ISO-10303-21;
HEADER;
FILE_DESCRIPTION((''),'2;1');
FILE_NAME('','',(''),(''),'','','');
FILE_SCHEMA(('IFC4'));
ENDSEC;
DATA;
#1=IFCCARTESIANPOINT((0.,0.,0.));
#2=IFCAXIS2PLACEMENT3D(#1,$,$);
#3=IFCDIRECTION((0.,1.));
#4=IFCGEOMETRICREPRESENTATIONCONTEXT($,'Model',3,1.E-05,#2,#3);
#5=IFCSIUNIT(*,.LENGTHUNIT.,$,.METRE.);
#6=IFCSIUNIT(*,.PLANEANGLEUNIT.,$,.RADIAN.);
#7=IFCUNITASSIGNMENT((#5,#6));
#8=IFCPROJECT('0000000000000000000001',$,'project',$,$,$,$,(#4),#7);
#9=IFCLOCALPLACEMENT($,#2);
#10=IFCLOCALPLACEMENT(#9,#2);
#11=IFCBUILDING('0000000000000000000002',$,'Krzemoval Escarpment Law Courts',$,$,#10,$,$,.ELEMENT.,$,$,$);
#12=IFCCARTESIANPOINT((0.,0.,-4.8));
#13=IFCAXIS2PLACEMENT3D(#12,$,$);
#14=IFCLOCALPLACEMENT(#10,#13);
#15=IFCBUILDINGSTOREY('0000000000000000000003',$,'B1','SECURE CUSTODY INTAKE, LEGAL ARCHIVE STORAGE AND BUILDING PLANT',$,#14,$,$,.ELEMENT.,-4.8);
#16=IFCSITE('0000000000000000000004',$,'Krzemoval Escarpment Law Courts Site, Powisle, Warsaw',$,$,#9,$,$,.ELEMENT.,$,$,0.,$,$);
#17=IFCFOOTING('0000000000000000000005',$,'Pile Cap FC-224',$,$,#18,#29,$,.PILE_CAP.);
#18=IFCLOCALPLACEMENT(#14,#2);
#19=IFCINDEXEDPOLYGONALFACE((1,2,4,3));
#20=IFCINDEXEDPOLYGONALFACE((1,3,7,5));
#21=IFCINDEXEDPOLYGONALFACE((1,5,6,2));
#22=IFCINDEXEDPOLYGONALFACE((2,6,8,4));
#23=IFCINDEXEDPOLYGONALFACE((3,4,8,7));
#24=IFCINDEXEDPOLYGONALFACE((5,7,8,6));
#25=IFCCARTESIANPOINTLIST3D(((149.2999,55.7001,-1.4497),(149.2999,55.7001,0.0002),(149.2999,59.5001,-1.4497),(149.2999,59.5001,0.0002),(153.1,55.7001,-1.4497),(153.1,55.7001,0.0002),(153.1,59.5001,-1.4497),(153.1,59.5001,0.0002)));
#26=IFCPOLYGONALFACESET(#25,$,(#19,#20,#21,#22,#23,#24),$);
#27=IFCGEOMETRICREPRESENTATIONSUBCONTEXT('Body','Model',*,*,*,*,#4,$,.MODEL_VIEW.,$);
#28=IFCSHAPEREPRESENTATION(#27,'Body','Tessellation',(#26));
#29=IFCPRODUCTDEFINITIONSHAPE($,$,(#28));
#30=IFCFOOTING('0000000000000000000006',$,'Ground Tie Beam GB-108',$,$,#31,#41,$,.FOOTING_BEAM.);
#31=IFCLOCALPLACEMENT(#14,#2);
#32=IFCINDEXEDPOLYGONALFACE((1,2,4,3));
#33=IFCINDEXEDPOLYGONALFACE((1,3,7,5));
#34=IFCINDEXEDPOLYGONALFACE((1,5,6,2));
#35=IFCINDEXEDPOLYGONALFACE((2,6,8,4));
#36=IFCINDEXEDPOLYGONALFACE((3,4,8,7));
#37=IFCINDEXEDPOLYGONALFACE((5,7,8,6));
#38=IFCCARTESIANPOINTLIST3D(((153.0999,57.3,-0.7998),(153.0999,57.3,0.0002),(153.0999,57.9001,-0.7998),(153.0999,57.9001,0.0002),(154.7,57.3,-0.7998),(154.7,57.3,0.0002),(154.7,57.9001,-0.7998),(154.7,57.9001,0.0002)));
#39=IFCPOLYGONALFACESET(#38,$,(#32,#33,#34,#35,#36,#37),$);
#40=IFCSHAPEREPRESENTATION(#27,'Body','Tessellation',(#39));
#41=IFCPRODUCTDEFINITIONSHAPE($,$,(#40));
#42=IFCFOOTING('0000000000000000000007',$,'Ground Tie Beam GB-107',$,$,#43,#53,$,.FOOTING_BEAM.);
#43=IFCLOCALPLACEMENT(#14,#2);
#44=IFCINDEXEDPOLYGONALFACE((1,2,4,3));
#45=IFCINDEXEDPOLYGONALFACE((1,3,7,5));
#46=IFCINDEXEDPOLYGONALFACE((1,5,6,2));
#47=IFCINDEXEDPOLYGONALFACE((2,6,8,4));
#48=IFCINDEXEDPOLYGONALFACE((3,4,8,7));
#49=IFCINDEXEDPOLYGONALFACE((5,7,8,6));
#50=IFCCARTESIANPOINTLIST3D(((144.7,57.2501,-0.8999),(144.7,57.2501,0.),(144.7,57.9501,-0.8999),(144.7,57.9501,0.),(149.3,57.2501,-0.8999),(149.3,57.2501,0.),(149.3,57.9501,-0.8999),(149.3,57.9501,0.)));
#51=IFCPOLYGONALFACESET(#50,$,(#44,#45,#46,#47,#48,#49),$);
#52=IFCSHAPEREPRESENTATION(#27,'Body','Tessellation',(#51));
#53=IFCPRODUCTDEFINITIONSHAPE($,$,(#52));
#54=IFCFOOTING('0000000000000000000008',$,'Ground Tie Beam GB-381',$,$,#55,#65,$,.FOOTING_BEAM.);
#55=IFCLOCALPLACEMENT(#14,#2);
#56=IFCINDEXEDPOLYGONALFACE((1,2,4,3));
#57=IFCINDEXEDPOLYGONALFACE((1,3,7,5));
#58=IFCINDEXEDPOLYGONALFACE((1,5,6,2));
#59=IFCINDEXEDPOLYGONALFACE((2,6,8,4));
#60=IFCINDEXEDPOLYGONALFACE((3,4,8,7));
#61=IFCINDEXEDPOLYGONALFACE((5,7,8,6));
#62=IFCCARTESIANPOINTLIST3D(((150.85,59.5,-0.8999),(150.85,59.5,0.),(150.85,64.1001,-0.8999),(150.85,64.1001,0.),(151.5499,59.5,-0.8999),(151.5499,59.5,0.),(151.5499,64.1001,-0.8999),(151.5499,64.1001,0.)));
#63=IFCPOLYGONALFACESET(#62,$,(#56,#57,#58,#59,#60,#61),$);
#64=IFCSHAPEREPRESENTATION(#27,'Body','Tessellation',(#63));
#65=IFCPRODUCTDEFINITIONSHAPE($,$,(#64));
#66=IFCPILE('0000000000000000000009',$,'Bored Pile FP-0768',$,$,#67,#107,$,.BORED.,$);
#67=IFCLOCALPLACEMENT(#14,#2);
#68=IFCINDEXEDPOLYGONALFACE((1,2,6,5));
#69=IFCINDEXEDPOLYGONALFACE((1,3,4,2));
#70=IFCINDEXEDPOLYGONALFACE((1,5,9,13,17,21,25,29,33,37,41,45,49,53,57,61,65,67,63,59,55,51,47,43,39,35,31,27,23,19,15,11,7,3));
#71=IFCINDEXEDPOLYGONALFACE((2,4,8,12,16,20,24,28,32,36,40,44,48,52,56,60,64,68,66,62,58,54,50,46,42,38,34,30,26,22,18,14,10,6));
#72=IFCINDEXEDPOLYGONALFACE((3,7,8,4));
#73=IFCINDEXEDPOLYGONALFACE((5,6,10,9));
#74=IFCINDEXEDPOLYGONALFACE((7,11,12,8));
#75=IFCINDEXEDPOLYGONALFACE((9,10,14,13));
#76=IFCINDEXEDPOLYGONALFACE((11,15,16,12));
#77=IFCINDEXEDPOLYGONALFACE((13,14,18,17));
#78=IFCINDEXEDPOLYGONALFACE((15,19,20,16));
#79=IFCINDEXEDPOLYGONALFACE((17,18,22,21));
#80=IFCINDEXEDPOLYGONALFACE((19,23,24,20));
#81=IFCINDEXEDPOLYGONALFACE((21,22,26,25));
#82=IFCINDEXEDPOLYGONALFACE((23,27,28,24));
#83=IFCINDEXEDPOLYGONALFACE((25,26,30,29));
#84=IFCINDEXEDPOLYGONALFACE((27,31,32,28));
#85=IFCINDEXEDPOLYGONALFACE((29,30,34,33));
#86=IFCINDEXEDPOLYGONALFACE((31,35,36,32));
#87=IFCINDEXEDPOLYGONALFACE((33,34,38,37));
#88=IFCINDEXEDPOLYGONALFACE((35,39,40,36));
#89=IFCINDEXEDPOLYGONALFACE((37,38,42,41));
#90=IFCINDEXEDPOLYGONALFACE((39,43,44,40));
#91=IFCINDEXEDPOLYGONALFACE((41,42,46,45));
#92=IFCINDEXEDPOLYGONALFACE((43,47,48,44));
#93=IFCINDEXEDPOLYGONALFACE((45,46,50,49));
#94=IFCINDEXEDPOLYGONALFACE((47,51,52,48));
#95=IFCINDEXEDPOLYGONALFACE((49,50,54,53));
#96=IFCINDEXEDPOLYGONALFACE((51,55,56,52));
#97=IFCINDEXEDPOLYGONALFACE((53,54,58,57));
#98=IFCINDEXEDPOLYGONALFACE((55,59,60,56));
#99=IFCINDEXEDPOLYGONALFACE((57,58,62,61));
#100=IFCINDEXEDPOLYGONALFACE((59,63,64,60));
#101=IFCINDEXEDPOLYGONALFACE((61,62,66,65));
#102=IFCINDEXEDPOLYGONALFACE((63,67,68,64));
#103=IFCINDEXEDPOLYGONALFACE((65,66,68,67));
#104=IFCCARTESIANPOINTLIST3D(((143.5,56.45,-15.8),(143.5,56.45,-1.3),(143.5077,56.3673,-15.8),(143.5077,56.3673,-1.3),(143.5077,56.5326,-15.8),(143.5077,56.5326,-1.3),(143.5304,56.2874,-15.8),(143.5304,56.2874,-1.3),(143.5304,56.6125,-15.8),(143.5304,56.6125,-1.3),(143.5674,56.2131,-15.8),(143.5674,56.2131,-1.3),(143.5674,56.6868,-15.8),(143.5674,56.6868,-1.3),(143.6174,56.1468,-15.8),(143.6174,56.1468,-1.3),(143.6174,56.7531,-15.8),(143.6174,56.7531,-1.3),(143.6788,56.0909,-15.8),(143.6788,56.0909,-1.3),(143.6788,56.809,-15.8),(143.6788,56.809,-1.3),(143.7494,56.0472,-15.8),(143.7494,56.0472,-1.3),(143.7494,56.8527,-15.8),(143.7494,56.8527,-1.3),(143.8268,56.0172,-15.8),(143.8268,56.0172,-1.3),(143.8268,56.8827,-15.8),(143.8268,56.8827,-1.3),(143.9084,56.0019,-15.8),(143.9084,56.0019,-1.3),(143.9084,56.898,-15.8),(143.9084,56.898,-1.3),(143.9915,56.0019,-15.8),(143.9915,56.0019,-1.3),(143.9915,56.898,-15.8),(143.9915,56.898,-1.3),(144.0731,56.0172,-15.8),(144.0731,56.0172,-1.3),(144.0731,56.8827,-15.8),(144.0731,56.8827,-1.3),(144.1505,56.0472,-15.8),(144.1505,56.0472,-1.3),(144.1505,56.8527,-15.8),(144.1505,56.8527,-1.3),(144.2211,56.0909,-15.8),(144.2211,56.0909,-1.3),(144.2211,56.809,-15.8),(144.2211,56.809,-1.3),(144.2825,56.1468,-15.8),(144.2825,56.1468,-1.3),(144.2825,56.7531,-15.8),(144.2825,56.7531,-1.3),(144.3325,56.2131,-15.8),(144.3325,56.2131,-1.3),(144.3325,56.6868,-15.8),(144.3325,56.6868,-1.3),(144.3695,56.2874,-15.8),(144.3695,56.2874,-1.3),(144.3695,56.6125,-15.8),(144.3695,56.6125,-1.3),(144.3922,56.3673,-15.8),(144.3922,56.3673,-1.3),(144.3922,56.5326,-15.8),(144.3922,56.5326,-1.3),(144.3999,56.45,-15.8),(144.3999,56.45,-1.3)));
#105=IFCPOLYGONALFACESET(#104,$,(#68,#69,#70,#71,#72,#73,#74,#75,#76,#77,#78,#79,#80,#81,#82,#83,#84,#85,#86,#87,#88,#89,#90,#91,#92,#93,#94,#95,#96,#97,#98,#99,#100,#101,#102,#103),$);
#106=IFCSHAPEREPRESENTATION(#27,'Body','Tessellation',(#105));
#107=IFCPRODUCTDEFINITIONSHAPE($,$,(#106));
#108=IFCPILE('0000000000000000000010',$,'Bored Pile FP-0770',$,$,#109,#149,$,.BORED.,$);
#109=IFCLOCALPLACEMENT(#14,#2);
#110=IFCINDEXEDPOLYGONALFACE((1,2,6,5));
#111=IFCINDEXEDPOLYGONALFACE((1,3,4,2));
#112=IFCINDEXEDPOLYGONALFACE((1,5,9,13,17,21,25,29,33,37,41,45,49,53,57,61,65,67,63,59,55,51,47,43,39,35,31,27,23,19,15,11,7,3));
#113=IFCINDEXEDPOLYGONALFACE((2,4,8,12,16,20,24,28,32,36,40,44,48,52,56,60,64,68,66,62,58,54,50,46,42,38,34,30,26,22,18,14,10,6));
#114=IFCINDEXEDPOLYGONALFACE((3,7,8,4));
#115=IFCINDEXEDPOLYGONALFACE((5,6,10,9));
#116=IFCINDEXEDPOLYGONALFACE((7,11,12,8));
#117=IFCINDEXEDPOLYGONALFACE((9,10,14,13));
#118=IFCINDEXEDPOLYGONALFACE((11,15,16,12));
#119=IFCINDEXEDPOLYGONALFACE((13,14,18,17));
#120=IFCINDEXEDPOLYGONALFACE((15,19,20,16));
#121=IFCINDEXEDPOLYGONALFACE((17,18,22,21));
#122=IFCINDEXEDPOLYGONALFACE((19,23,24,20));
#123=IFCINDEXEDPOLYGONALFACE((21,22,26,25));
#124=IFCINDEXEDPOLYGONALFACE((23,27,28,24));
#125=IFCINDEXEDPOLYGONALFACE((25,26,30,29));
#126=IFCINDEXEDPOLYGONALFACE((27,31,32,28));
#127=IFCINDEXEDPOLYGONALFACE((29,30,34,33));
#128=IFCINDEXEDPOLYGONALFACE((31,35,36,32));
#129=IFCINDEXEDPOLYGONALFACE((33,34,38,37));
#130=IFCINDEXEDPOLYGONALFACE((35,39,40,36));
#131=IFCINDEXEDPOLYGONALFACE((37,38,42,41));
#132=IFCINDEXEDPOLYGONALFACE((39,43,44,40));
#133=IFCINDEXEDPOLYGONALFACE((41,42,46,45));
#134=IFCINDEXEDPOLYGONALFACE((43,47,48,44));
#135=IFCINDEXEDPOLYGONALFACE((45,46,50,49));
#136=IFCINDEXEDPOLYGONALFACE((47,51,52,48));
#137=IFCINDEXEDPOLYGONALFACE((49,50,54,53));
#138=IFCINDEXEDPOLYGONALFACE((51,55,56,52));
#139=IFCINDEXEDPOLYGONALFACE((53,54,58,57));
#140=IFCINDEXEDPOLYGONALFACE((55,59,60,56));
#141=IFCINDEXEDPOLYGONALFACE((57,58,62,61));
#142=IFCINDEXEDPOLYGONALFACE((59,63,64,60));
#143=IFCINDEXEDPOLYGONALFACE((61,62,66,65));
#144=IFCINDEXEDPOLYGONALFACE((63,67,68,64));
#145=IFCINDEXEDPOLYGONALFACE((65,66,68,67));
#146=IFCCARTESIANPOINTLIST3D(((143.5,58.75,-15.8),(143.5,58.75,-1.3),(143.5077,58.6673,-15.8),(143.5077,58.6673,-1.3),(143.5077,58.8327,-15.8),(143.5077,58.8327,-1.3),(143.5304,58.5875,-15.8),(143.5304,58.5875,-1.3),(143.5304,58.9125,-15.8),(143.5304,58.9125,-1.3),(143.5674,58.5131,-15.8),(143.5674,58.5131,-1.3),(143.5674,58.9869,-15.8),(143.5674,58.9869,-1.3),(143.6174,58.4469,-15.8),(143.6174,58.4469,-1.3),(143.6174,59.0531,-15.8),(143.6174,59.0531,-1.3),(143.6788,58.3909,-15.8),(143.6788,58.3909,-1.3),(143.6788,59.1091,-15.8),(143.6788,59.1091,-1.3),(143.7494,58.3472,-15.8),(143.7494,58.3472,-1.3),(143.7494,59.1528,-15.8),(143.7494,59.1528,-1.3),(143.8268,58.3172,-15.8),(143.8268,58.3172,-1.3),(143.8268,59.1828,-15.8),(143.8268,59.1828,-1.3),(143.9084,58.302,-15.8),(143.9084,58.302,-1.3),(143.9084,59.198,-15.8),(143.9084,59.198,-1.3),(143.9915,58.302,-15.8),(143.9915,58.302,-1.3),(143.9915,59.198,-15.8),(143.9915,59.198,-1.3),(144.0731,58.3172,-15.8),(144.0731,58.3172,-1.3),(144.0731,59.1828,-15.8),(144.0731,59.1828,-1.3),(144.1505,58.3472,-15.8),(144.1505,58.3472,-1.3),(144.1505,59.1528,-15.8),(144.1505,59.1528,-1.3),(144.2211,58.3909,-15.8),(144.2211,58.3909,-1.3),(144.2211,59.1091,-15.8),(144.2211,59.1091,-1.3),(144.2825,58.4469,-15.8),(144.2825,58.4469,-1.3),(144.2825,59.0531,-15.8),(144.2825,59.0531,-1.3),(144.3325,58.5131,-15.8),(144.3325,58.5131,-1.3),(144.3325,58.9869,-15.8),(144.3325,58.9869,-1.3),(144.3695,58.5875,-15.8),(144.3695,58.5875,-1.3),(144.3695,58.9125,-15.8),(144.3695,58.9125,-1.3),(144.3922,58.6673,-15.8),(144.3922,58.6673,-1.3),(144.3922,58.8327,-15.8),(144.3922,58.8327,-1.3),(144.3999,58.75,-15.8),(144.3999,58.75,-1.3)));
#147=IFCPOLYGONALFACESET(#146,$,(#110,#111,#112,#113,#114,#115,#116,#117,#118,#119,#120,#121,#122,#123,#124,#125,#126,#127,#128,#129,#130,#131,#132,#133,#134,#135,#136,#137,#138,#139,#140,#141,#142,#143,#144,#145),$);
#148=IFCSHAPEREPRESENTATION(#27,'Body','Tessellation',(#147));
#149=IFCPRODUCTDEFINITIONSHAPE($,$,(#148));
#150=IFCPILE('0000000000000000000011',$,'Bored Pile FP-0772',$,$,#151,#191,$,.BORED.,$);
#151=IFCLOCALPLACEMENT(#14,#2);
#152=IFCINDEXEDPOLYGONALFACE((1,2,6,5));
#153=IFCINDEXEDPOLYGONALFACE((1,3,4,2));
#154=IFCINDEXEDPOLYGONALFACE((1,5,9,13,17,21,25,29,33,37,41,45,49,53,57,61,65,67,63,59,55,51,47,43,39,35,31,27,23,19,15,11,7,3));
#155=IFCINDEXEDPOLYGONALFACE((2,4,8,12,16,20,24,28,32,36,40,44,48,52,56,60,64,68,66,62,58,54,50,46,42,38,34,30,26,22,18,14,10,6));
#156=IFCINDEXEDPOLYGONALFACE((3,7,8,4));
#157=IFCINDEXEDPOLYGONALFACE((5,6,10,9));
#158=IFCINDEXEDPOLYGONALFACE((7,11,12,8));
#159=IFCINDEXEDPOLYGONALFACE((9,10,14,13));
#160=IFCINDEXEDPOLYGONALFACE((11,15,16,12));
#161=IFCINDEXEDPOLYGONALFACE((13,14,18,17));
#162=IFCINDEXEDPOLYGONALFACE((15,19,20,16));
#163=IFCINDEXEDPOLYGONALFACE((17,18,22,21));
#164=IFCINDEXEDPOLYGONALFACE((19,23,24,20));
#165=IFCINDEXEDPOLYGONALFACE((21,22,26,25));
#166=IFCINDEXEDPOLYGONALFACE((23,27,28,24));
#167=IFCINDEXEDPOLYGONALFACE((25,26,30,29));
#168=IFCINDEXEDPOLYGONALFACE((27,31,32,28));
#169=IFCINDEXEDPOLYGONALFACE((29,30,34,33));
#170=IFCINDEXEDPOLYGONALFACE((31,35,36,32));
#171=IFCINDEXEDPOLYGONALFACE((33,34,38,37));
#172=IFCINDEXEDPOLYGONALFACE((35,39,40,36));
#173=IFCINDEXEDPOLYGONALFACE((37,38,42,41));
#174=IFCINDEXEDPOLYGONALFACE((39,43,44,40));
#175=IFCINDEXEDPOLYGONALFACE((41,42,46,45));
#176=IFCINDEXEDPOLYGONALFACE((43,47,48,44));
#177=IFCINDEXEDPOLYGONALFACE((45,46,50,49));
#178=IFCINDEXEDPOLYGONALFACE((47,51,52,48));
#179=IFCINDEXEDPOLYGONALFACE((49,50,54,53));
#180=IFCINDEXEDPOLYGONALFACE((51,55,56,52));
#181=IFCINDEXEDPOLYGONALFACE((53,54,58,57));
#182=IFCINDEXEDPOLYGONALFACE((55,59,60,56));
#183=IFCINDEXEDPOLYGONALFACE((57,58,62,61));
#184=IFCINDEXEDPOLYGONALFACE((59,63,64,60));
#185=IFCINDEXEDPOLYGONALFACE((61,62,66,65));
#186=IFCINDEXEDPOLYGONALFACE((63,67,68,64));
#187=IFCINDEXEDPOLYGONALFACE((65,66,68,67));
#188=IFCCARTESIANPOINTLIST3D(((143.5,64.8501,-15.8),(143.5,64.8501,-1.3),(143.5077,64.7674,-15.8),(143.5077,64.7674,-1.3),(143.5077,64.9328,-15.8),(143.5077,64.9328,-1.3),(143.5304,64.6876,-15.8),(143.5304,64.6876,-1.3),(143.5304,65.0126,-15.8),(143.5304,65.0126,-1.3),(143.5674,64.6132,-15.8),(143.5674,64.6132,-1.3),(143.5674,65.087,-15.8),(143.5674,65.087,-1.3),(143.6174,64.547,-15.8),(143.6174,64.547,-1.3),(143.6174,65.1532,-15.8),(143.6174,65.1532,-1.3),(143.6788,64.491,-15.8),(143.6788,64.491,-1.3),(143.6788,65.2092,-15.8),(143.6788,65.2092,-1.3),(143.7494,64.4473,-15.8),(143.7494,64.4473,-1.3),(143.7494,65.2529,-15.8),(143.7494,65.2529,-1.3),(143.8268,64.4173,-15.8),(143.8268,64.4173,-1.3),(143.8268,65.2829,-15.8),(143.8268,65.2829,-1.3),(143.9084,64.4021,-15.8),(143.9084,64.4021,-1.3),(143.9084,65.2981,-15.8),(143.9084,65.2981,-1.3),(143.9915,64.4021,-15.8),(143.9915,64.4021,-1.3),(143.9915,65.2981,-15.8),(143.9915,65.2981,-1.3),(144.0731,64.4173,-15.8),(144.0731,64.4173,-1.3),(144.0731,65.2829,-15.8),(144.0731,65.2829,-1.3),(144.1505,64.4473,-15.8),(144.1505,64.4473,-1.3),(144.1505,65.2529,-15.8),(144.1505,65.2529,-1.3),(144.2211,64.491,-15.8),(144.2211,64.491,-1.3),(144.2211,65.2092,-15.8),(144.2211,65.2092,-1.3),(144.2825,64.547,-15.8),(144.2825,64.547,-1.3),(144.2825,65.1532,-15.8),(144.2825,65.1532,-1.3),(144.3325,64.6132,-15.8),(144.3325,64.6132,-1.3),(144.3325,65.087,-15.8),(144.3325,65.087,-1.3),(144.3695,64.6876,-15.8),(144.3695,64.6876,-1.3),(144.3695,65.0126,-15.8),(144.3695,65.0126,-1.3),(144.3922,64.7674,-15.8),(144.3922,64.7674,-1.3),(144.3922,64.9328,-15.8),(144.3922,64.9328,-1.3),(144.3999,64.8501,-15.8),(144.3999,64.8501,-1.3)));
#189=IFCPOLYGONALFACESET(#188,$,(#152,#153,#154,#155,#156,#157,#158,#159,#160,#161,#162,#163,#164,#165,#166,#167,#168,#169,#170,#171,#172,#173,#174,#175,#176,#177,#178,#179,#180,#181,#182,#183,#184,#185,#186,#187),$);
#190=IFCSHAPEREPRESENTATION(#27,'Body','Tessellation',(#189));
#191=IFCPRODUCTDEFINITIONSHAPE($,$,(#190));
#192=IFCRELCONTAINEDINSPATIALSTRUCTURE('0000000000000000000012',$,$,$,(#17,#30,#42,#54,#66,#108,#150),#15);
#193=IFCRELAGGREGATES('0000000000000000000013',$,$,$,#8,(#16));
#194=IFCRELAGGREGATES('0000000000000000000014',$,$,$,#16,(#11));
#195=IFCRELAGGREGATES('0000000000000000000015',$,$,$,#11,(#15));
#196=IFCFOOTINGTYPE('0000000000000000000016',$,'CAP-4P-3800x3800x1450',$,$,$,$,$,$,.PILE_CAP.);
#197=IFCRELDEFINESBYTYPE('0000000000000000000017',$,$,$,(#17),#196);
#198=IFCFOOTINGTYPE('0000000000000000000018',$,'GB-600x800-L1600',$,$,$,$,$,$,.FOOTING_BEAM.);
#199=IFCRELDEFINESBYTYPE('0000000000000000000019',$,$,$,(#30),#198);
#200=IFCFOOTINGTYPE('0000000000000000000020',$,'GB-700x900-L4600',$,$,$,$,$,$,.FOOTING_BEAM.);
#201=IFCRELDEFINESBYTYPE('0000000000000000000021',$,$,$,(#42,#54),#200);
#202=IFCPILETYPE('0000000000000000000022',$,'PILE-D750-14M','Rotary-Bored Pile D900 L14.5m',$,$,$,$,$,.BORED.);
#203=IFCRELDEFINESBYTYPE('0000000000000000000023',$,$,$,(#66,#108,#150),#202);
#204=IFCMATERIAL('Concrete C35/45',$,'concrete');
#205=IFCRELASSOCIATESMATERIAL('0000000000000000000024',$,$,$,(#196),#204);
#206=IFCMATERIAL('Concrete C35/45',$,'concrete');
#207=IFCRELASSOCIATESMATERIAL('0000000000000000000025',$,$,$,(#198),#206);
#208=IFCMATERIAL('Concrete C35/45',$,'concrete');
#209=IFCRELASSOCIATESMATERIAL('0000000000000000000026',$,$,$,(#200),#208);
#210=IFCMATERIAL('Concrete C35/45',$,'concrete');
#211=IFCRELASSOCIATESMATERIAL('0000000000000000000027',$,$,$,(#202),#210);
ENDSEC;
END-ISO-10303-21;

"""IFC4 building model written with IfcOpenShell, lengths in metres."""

from ifc_helpers import new_model, si_unit, direction, frame, origin, origin_2d, place, context, subcontext, project, spatial, rectangle, circle, extrude, material, material_profile, profile_set, type_object, element, save


model = new_model("IFC4")

# Units and contexts
model_context = context("Model", 3, precision=1e-05, world=origin(), true_north=direction((0.0, 1.0)))
body_context = subcontext(model_context, "Body", "Model", "MODEL_VIEW")
ifc_project = project(units=[si_unit("LENGTHUNIT", "METRE"), si_unit("PLANEANGLEUNIT", "RADIAN")], contexts=[model_context])

# Site, building, storey
site_placement = place(None, origin())
site = spatial("IfcSite", under=ifc_project, at=site_placement, Name="Krzemoval Escarpment Law Courts Site, Powisle, Warsaw", CompositionType="ELEMENT", RefElevation=0.0)
building_placement = place(site_placement, origin())
building = spatial("IfcBuilding", under=site, at=building_placement, Name="Krzemoval Escarpment Law Courts", CompositionType="ELEMENT")
storey_placement = place(building_placement, frame((0.0, 0.0, -4.8)))
storey = spatial("IfcBuildingStorey", under=building, at=storey_placement, Name="B1", Description="SECURE CUSTODY INTAKE, LEGAL ARCHIVE STORAGE AND BUILDING PLANT", CompositionType="ELEMENT", Elevation=-4.8)

# Footings
ifc_material_1 = material(Name="Concrete C35/45", Category="concrete")
footing_type_1 = type_object("IfcFootingType", Name="CAP-4P-3800x3800x1450", PredefinedType="PILE_CAP", material=ifc_material_1)
footing_1_placement = place(storey_placement, frame((151.2, 57.6001, -1.4497), z_axis=(0.0, 0.0, 1.0), x_axis=(1.0, 0.0, 0.0)))
element("IfcFooting", 1, at=footing_1_placement, inside=storey, type_object=footing_type_1, Name="Pile Cap FC-224", PredefinedType="PILE_CAP", context=body_context, shape_type="SweptSolid", body=[
    extrude(rectangle(XDim=3.8, YDim=3.8, at=origin_2d()), origin(), (0.0, 0.0, 1.0), 1.45),
])
ifc_material_2 = material(Name="Concrete C35/45", Category="concrete")
footing_type_2 = type_object("IfcFootingType", Name="GB-600x800-L1600", PredefinedType="FOOTING_BEAM", material=ifc_material_2)
footing_2_placement = place(storey_placement, frame((153.8999, 57.6001, -0.7998), z_axis=(0.0, 0.0, 1.0), x_axis=(1.0, 0.0, 0.0)))
element("IfcFooting", 2, at=footing_2_placement, inside=storey, type_object=footing_type_2, Name="Ground Tie Beam GB-108", PredefinedType="FOOTING_BEAM", context=body_context, shape_type="SweptSolid", body=[
    extrude(rectangle(XDim=1.6001, YDim=0.6001, at=origin_2d()), origin(), (0.0, 0.0, 1.0), 0.8),
])
ifc_material_3 = material(Name="Concrete C35/45", Category="concrete")
footing_type_3 = type_object("IfcFootingType", Name="GB-700x900-L4600", PredefinedType="FOOTING_BEAM", material=ifc_material_3)
for number, where, z_axis, x_axis, name in (
    (3, (147.0, 57.6001, -0.8999), (0.0, 0.0, 1.0), (1.0, 0.0, 0.0), "Ground Tie Beam GB-107"),
    (4, (151.2, 61.8, -0.8999), (0.0, 0.0, 1.0), (0.0, 1.0, 0.0), "Ground Tie Beam GB-381"),
):
    element("IfcFooting", number, at=place(storey_placement, frame(where, z_axis=z_axis, x_axis=x_axis)), inside=storey, type_object=footing_type_3, Name=name, PredefinedType="FOOTING_BEAM", context=body_context, shape_type="SweptSolid", body=[
        extrude(rectangle(XDim=4.6001, YDim=0.7, at=origin_2d()), origin(), (0.0, 0.0, 1.0), 0.8999),
    ])

# Piles
ifc_material_4 = material(Name="Concrete C35/45", Category="concrete")
ifc_material_profile_1 = material_profile(ifc_material_4, circle(Radius=0.45, at=origin_2d()), Name="PILE D900")
ifc_profile_set_1 = profile_set([ifc_material_profile_1], Name="Concrete C35/45")
pile_type = type_object("IfcPileType", Name="PILE-D750-14M", Description="Rotary-Bored Pile D900 L14.5m", PredefinedType="BORED", material=ifc_profile_set_1)
for number, where, z_axis, x_axis, name in (
    (5, (143.95, 56.45, -1.3), (0.0, 0.0, -1.0), (1.0, 0.0, 0.0), "Bored Pile FP-0768"),
    (6, (143.95, 58.75, -1.3), (0.0, 0.0, -1.0), (1.0, 0.0, 0.0), "Bored Pile FP-0770"),
    (7, (143.95, 64.8501, -1.3), (0.0, 0.0, -1.0), (1.0, 0.0, 0.0), "Bored Pile FP-0772"),
):
    element("IfcPile", number, at=place(storey_placement, frame(where, z_axis=z_axis, x_axis=x_axis)), inside=storey, type_object=pile_type, Name=name, PredefinedType="BORED", context=body_context, shape_type="SweptSolid", body=[
        extrude(circle(Radius=0.45, at=origin_2d()), origin(), (0.0, 0.0, 1.0), 14.5),
    ])

save(model, "model.ifc")
